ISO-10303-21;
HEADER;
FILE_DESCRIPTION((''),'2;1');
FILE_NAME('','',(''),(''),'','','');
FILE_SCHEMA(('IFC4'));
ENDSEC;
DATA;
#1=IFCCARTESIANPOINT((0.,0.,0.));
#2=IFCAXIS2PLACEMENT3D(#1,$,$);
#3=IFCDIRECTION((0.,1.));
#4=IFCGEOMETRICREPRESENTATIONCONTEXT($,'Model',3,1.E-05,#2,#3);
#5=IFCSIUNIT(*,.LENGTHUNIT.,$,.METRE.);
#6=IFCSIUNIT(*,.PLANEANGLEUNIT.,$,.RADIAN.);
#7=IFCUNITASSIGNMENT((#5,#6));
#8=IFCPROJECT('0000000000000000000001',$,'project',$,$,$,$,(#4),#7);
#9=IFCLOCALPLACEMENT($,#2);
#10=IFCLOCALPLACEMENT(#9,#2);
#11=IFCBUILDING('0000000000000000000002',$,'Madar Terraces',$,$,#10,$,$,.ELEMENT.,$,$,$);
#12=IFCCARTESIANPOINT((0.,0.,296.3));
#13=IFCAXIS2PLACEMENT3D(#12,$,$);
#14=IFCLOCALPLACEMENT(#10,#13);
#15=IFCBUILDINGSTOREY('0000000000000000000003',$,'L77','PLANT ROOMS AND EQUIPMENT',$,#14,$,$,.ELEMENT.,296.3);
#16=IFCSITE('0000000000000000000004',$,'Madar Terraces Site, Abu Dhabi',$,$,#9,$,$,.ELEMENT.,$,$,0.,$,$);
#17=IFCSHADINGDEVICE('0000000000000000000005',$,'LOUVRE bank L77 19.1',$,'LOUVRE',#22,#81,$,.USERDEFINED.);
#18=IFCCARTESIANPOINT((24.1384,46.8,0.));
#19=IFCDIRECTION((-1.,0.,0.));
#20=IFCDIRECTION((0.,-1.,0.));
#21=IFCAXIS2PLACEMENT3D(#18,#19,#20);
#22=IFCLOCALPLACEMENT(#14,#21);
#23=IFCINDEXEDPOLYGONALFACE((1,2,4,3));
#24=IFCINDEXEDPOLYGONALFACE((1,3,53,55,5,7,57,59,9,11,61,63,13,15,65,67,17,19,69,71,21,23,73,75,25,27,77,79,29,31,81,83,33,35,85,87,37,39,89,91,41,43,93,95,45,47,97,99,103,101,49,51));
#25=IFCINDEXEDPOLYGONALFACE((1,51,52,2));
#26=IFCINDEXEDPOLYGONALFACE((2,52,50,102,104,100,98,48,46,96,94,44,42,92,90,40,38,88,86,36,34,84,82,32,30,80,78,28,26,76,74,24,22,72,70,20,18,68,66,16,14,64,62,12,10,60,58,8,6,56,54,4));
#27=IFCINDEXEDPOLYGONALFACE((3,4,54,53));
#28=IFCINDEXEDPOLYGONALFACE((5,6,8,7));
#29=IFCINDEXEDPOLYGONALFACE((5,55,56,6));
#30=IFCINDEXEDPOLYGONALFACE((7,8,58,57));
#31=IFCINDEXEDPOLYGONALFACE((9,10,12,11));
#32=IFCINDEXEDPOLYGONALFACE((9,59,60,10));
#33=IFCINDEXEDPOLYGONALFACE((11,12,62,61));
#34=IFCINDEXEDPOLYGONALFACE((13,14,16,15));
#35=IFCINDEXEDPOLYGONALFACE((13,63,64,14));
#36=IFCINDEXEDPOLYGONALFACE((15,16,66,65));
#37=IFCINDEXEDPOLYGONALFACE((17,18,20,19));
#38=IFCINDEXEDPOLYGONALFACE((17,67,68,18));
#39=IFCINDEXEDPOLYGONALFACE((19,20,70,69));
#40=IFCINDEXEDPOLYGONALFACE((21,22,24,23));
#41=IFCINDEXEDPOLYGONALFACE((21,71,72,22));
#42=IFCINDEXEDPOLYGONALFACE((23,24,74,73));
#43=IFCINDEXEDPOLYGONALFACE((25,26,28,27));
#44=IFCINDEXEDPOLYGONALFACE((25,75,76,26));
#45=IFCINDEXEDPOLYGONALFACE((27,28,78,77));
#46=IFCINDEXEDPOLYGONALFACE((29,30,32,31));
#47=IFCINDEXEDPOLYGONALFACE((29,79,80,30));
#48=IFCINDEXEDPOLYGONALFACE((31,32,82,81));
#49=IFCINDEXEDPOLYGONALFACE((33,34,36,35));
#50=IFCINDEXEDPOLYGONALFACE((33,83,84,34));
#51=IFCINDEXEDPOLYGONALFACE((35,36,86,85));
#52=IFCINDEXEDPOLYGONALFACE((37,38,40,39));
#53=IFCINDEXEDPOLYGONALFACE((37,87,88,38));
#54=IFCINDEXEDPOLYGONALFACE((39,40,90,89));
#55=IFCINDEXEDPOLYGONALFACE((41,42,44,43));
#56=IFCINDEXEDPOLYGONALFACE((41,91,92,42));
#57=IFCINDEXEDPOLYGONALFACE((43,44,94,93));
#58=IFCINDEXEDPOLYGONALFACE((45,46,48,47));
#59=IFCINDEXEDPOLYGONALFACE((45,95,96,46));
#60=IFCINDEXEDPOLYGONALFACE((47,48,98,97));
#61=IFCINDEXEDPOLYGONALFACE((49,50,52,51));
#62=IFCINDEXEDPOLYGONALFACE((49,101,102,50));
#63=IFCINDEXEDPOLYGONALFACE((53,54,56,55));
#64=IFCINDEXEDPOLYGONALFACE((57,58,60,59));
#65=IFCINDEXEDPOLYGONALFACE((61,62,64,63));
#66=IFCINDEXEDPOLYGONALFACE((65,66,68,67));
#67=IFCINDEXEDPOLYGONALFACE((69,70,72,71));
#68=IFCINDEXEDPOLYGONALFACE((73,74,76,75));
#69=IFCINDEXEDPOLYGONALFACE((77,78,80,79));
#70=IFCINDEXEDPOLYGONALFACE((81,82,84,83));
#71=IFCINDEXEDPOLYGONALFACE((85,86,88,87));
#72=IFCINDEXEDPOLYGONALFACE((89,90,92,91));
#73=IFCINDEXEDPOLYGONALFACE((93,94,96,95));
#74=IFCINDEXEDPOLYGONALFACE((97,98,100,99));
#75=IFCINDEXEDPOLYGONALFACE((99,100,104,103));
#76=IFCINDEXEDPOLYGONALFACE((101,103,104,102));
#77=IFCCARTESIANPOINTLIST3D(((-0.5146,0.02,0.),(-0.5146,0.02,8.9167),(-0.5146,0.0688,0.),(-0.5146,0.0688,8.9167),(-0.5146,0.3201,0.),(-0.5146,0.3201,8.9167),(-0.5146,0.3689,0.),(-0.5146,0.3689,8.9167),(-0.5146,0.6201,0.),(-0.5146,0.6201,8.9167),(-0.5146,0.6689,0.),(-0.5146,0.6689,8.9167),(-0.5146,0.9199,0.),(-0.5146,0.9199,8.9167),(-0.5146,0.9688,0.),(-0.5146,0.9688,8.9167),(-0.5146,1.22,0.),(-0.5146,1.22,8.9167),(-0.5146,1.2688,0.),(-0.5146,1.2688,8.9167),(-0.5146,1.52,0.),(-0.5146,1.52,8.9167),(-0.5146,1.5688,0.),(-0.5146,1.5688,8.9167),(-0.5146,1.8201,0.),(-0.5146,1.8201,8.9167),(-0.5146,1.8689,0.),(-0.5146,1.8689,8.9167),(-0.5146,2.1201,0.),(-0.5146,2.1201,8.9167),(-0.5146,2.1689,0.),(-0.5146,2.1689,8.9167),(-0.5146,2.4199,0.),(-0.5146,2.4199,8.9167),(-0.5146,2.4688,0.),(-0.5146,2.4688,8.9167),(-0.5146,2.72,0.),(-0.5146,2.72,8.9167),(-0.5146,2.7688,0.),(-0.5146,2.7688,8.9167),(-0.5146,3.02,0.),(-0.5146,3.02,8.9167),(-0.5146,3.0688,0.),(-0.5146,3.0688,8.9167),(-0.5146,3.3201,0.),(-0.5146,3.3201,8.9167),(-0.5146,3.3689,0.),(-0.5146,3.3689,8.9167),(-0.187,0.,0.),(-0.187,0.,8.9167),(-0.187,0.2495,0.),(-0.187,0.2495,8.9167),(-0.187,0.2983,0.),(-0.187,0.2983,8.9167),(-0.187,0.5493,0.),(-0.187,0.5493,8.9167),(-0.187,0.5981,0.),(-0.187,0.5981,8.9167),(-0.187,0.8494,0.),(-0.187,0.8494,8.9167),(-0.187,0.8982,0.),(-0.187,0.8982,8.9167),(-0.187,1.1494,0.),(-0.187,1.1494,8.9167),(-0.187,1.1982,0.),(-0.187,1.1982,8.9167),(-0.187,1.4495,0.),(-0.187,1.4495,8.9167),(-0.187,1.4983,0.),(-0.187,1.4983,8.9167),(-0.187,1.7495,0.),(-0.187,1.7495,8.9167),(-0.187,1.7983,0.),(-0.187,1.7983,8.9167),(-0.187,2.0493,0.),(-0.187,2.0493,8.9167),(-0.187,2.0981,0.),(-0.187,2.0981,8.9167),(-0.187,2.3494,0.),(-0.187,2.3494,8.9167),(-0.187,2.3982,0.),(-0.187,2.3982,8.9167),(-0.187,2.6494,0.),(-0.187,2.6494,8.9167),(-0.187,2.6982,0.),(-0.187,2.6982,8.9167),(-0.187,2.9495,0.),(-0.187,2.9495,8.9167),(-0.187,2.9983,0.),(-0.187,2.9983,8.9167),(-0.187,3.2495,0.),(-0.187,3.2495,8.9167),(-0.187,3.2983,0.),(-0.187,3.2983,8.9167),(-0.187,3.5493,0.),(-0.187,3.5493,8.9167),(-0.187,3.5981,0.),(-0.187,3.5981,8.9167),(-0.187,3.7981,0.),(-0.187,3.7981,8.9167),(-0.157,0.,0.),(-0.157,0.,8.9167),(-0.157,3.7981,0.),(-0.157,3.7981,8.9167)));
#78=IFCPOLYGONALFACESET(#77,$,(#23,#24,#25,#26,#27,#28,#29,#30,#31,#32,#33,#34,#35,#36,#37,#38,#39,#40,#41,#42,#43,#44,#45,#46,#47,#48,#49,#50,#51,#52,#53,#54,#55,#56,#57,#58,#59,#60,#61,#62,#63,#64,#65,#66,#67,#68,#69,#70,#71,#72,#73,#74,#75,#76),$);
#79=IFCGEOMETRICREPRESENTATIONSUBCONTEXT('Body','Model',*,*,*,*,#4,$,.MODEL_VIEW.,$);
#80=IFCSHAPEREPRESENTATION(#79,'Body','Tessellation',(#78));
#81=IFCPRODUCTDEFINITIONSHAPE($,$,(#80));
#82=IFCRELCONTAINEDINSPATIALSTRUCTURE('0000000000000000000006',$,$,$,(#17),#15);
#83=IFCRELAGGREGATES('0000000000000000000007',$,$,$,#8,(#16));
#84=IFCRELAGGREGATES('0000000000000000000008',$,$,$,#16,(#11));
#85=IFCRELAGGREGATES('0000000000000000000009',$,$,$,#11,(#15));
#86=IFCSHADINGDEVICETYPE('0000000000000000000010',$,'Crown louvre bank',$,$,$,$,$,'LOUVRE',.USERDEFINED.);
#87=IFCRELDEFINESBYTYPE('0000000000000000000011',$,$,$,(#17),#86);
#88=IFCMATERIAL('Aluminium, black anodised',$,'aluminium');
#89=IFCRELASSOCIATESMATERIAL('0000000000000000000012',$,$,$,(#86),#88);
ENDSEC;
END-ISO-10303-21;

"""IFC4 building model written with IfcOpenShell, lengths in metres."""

from ifc_helpers import new_model, si_unit, direction, frame, origin, place, context, subcontext, project, spatial, polyline, outline, extrude, material, type_object, element, save


model = new_model("IFC4")

# Units and contexts
model_context = context("Model", 3, precision=1e-05, world=origin(), true_north=direction((0.0, 1.0)))
body_context = subcontext(model_context, "Body", "Model", "MODEL_VIEW")
ifc_project = project(units=[si_unit("LENGTHUNIT", "METRE"), si_unit("PLANEANGLEUNIT", "RADIAN")], contexts=[model_context])

# Site, building, storey
site_placement = place(None, origin())
site = spatial("IfcSite", under=ifc_project, at=site_placement, Name="Madar Terraces Site, Abu Dhabi", CompositionType="ELEMENT", RefElevation=0.0)
building_placement = place(site_placement, origin())
building = spatial("IfcBuilding", under=site, at=building_placement, Name="Madar Terraces", CompositionType="ELEMENT")
storey_placement = place(building_placement, frame((0.0, 0.0, 296.3)))
storey = spatial("IfcBuildingStorey", under=building, at=storey_placement, Name="L77", Description="PLANT ROOMS AND EQUIPMENT", CompositionType="ELEMENT", Elevation=296.3)

# Shading device
ifc_material_1 = material(Name="Aluminium, black anodised", Category="aluminium")
shading_device_type = type_object("IfcShadingDeviceType", Name="Crown louvre bank", ElementType="LOUVRE", PredefinedType="USERDEFINED", material=ifc_material_1)
shading_device_1_placement = place(storey_placement, frame((24.1384, 46.8, 0.0), z_axis=(-1.0, 0.0, 0.0), x_axis=(0.0, -1.0, 0.0)))
element("IfcShadingDevice", 1, at=shading_device_1_placement, inside=storey, type_object=shading_device_type, Name="LOUVRE bank L77 19.1", ObjectType="LOUVRE", PredefinedType="USERDEFINED", context=body_context, shape_type="SweptSolid", body=[
    extrude(outline(polyline([(-0.157, 0.0), (-0.187, 0.0), (-0.187, 0.2495), (-0.5146, 0.02), (-0.5146, 0.0688), (-0.187, 0.2983), (-0.187, 0.5493), (-0.5146, 0.3201), (-0.5146, 0.3689), (-0.187, 0.5981), (-0.187, 0.8494), (-0.5146, 0.6201), (-0.5146, 0.6689), (-0.187, 0.8982), (-0.187, 1.1494), (-0.5146, 0.9199), (-0.5146, 0.9688), (-0.187, 1.1982), (-0.187, 1.4495), (-0.5146, 1.22), (-0.5146, 1.2688), (-0.187, 1.4983), (-0.187, 1.7495), (-0.5146, 1.52), (-0.5146, 1.5688), (-0.187, 1.7983), (-0.187, 2.0493), (-0.5146, 1.8201), (-0.5146, 1.8689), (-0.187, 2.0981), (-0.187, 2.3494), (-0.5146, 2.1201), (-0.5146, 2.1689), (-0.187, 2.3982), (-0.187, 2.6494), (-0.5146, 2.4199), (-0.5146, 2.4688), (-0.187, 2.6982), (-0.187, 2.9495), (-0.5146, 2.72), (-0.5146, 2.7688), (-0.187, 2.9983), (-0.187, 3.2495), (-0.5146, 3.02), (-0.5146, 3.0688), (-0.187, 3.2983), (-0.187, 3.5493), (-0.5146, 3.3201), (-0.5146, 3.3689), (-0.187, 3.5981), (-0.187, 3.7981), (-0.157, 3.7981), (-0.157, 0.0)])), origin(), (0.0, 0.0, 1.0), 8.9167),
])

save(model, "model.ifc")
